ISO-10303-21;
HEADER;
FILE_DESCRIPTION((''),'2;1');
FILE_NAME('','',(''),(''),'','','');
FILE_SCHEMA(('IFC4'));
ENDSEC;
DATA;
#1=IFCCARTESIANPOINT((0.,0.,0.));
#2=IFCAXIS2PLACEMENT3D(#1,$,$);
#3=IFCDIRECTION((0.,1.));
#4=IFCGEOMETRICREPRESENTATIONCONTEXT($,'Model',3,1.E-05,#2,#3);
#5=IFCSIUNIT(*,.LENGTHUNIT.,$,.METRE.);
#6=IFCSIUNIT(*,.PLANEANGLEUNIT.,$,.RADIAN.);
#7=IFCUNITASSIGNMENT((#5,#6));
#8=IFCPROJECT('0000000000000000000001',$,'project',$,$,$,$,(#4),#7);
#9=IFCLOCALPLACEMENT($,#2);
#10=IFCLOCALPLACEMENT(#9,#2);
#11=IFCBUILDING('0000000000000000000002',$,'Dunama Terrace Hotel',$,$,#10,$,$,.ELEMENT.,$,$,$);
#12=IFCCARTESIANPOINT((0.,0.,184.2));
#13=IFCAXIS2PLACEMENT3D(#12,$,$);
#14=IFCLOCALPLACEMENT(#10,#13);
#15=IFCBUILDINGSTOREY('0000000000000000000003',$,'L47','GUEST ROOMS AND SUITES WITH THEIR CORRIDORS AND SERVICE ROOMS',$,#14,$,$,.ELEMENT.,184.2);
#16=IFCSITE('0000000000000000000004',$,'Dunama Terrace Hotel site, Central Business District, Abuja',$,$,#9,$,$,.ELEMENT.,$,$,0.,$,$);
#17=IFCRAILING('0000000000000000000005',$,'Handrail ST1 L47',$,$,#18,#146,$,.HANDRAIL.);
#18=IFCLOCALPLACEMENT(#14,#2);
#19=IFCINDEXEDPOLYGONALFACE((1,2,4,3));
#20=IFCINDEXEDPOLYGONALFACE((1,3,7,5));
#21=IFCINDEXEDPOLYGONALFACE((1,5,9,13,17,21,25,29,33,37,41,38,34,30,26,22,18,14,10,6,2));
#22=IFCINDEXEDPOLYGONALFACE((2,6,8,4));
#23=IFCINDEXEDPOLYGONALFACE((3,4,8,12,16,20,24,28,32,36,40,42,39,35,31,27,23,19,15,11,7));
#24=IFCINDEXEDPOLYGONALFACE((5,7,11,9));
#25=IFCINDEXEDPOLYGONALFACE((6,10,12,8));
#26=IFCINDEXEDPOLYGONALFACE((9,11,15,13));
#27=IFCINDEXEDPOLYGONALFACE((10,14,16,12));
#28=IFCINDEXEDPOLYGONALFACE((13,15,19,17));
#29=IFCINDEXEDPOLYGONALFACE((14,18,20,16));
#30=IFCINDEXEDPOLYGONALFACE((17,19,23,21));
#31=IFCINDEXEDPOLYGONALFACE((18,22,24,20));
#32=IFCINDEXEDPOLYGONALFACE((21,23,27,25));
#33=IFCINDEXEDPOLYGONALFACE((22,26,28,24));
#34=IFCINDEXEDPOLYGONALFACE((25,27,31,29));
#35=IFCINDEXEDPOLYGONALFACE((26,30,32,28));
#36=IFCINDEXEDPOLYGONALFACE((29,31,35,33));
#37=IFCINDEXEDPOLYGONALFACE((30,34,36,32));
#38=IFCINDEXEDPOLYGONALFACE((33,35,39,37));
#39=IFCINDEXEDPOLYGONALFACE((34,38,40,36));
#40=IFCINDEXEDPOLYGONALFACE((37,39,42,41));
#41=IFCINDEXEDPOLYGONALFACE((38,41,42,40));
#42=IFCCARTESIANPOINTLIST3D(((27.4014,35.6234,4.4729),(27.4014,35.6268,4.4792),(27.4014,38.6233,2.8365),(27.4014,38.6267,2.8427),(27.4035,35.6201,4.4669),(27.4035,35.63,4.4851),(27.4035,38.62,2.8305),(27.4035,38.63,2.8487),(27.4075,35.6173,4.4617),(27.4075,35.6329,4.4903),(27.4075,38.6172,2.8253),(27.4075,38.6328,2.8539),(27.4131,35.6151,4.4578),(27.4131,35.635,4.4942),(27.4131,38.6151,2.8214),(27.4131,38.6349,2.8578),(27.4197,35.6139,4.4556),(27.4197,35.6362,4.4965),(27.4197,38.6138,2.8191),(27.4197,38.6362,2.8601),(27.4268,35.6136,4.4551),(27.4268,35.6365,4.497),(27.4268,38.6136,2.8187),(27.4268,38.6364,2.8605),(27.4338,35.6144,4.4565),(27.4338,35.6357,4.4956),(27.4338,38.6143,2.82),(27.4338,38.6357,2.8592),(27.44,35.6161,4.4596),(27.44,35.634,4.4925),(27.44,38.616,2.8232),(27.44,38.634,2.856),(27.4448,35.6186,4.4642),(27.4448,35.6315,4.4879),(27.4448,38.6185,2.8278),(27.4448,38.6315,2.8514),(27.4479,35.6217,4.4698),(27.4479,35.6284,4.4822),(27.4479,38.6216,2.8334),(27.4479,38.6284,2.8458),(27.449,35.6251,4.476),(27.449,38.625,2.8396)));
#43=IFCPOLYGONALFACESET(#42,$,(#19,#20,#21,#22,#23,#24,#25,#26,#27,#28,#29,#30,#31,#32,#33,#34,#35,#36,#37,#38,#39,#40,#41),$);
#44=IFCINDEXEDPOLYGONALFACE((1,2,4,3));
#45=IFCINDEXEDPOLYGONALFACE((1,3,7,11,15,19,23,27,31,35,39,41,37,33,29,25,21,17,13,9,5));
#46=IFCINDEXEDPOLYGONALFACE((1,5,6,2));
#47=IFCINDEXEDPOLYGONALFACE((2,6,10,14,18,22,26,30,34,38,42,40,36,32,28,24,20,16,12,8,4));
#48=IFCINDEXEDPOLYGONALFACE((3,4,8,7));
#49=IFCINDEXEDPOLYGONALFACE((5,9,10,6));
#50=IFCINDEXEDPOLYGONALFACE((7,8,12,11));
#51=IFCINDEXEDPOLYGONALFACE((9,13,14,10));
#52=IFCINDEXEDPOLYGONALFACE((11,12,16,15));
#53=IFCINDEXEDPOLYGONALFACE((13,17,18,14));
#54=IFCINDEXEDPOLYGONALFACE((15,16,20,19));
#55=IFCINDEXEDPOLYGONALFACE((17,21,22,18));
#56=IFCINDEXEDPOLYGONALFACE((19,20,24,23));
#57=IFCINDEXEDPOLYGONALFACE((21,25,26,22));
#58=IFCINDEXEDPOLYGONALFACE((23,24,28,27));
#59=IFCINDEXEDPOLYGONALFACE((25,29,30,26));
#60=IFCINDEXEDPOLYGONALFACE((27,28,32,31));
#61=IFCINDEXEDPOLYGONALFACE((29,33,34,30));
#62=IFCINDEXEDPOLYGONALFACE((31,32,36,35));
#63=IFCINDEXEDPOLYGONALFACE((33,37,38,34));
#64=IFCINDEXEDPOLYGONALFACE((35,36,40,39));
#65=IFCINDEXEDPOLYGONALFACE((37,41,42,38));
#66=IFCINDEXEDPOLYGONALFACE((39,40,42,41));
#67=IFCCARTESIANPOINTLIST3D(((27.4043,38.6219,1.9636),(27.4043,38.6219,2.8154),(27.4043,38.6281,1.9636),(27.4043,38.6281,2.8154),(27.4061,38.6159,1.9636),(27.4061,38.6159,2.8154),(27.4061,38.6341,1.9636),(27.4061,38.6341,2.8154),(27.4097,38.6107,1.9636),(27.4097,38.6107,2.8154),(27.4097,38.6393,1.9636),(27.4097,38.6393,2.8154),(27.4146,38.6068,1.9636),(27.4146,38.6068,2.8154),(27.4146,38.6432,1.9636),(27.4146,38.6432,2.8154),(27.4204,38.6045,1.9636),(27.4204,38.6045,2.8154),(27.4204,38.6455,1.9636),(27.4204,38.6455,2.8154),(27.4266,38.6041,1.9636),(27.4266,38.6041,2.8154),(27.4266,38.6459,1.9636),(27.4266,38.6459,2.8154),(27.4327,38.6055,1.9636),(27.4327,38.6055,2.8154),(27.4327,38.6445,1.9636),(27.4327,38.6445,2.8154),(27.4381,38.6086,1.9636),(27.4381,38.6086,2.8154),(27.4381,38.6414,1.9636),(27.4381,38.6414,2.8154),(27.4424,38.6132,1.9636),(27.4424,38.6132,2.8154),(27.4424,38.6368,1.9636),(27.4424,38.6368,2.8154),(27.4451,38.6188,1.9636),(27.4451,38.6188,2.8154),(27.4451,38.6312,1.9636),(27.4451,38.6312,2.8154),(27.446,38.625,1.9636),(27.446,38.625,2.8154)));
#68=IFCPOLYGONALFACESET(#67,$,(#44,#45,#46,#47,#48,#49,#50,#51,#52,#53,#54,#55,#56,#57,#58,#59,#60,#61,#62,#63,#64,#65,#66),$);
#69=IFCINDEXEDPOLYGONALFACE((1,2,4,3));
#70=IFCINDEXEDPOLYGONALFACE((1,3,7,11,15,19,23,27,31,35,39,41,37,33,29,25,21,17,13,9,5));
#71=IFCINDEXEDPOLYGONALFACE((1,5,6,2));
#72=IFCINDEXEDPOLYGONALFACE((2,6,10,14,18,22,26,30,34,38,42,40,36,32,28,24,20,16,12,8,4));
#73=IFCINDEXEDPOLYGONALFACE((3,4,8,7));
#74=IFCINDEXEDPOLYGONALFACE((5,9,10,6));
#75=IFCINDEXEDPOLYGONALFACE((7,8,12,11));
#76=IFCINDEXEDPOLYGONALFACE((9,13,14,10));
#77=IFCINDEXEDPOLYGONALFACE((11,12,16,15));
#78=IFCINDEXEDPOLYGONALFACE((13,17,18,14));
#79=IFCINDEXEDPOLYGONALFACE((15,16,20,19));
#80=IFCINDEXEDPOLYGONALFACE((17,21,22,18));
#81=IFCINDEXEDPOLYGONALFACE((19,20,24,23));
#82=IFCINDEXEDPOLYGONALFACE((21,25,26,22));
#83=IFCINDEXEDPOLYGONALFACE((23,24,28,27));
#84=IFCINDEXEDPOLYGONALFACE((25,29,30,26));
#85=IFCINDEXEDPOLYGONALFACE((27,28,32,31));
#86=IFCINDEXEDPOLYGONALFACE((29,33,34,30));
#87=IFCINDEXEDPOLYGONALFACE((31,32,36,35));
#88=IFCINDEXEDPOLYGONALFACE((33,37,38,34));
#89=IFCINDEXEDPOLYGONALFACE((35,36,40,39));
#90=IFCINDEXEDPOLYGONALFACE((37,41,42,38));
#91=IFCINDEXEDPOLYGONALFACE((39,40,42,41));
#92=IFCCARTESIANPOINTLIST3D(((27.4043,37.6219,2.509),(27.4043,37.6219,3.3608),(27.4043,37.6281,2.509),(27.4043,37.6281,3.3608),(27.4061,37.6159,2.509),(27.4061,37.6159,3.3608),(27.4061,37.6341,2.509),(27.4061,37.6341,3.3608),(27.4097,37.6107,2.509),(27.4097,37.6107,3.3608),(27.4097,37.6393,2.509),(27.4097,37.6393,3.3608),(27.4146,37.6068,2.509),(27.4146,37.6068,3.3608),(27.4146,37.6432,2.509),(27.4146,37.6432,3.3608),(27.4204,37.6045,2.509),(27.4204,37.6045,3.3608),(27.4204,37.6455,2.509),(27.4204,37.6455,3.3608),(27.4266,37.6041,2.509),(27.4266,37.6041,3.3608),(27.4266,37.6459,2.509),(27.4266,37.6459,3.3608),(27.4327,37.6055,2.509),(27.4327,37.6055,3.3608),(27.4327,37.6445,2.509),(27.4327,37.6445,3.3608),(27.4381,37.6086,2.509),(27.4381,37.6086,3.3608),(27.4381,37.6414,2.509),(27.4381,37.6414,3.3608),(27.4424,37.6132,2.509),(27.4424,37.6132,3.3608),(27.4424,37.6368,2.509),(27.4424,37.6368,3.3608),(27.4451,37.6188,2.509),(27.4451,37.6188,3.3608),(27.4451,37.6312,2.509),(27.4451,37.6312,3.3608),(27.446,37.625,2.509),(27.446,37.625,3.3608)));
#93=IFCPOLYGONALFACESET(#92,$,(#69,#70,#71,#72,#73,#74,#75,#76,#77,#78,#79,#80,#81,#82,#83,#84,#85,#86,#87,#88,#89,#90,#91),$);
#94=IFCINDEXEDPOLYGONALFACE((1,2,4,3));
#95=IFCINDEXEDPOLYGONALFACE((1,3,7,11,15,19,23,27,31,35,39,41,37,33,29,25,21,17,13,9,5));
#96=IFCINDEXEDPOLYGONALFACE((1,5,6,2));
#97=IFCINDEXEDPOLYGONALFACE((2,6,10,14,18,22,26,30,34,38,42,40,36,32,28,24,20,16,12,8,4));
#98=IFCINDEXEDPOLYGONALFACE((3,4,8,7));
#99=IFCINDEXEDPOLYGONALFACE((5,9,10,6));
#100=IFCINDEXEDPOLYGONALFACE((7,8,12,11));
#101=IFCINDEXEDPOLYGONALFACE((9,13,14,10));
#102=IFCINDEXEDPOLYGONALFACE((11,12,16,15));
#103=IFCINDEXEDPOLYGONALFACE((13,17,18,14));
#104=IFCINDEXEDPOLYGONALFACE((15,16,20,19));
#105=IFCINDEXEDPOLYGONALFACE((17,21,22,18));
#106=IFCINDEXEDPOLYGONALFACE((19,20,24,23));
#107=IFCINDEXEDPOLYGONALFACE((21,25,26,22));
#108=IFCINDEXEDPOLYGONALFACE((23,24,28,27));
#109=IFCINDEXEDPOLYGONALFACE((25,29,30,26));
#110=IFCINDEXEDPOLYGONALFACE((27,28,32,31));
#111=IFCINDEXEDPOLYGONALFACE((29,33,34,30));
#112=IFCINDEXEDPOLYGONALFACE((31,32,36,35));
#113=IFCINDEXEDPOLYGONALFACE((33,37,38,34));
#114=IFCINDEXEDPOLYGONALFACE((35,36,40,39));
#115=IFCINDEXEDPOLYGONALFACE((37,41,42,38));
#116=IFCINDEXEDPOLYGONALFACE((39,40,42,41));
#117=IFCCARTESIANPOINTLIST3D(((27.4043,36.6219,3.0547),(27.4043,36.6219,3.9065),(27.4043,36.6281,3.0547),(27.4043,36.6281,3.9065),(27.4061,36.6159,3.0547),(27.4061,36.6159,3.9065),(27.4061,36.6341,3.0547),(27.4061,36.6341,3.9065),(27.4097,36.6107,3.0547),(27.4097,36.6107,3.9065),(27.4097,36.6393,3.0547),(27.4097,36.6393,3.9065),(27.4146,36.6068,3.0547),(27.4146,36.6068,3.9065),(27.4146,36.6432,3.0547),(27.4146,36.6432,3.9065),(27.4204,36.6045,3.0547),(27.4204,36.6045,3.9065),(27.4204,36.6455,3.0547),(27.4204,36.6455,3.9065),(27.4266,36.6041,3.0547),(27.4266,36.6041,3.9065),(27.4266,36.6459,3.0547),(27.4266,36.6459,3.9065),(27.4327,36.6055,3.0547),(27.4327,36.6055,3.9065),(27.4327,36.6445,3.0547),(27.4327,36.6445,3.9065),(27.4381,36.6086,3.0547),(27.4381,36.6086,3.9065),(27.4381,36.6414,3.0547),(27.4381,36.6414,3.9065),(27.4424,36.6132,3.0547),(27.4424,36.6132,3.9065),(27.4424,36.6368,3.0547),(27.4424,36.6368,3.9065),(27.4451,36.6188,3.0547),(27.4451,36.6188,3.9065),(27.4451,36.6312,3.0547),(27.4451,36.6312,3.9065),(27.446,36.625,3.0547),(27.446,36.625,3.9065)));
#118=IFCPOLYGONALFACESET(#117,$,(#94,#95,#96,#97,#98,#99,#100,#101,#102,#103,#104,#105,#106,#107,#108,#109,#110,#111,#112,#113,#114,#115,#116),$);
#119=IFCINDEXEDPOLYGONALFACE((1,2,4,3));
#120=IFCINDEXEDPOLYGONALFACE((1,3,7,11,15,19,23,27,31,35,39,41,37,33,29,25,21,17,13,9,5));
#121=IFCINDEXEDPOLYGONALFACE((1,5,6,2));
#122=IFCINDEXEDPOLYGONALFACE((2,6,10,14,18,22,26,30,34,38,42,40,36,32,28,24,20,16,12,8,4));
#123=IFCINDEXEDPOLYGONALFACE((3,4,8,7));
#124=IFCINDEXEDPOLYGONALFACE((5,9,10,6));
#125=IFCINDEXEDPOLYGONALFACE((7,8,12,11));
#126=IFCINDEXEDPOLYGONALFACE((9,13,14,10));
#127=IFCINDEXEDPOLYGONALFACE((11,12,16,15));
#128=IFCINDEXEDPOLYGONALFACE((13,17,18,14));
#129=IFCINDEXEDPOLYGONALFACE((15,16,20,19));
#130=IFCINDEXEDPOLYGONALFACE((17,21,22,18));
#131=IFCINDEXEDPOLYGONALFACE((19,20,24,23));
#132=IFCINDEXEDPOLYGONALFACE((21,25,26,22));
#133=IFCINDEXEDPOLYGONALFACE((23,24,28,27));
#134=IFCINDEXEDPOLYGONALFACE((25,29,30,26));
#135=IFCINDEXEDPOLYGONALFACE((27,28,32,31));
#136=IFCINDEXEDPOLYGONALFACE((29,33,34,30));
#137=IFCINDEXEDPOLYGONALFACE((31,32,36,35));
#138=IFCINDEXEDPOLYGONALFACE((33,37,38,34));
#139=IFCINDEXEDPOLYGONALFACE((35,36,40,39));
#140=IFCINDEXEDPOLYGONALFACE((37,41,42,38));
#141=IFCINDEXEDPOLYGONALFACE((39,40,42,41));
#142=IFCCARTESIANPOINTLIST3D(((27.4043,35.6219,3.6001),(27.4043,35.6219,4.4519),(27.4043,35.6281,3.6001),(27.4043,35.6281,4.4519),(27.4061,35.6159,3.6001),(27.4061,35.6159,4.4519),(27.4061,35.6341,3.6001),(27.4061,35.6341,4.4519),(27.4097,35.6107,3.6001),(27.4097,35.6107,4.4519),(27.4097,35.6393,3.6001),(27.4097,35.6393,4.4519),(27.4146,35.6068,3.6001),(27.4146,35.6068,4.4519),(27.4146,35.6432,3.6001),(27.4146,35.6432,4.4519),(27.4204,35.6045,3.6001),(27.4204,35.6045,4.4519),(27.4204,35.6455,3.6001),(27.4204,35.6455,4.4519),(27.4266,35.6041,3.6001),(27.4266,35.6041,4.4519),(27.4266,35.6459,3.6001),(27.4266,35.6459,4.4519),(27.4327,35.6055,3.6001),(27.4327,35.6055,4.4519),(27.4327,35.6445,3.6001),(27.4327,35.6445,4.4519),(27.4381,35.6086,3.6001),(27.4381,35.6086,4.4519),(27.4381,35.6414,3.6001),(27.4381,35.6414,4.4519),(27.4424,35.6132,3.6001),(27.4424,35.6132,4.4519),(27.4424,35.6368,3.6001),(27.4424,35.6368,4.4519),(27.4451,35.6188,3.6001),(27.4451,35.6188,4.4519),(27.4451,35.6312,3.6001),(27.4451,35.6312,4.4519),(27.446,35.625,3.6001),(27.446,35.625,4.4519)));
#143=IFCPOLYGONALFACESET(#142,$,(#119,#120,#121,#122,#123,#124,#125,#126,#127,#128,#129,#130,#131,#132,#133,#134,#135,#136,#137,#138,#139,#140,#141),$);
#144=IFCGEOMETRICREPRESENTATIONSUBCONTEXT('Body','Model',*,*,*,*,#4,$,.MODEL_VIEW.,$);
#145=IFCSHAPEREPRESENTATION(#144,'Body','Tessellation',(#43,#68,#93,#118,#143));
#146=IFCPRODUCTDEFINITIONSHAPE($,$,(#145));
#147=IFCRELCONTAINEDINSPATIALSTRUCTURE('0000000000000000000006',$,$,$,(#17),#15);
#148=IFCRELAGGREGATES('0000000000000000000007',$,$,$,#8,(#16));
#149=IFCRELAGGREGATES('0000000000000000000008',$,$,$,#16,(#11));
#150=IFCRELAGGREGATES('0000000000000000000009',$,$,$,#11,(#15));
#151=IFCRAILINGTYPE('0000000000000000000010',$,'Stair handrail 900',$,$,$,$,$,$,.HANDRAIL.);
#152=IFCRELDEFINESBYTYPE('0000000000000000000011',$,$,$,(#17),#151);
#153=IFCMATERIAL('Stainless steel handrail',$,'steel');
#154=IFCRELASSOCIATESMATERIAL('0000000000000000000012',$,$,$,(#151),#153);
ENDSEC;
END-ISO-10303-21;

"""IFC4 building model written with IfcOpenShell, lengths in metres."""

from ifc_helpers import new_model, si_unit, direction, frame, origin, origin_2d, place, context, subcontext, project, spatial, circle, extrude, material, type_object, element, save


model = new_model("IFC4")

# Units and contexts
model_context = context("Model", 3, precision=1e-05, world=origin(), true_north=direction((0.0, 1.0)))
body_context = subcontext(model_context, "Body", "Model", "MODEL_VIEW")
ifc_project = project(units=[si_unit("LENGTHUNIT", "METRE"), si_unit("PLANEANGLEUNIT", "RADIAN")], contexts=[model_context])

# Site, building, storey
site_placement = place(None, origin())
site = spatial("IfcSite", under=ifc_project, at=site_placement, Name="Dunama Terrace Hotel site, Central Business District, Abuja", CompositionType="ELEMENT", RefElevation=0.0)
building_placement = place(site_placement, origin())
building = spatial("IfcBuilding", under=site, at=building_placement, Name="Dunama Terrace Hotel", CompositionType="ELEMENT")
storey_placement = place(building_placement, frame((0.0, 0.0, 184.2)))
storey = spatial("IfcBuildingStorey", under=building, at=storey_placement, Name="L47", Description="GUEST ROOMS AND SUITES WITH THEIR CORRIDORS AND SERVICE ROOMS", CompositionType="ELEMENT", Elevation=184.2)

# Railing
ifc_material_1 = material(Name="Stainless steel handrail", Category="steel")
railing_type = type_object("IfcRailingType", Name="Stair handrail 900", PredefinedType="HANDRAIL", material=ifc_material_1)
railing_1_placement = place(storey_placement, frame((27.425, 38.625, 1.9636)))
element("IfcRailing", 1, at=railing_1_placement, inside=storey, type_object=railing_type, Name="Handrail ST1 L47", PredefinedType="HANDRAIL", context=body_context, shape_type="SweptSolid", body=[
    extrude(circle(Radius=0.0239, at=origin_2d()), frame((0.0, 0.0, 0.876), z_axis=(0.0, -0.877882, 0.478877), x_axis=(1.0, 0.0, 0.0)), (0.0, 0.0, 1.0), 3.4172),
    extrude(circle(Radius=0.021, at=origin_2d()), origin(), (0.0, 0.0, 1.0), 0.8518),
    extrude(circle(Radius=0.021, at=origin_2d()), frame((0.0, -1.0, 0.5454)), (0.0, 0.0, 1.0), 0.8518),
    extrude(circle(Radius=0.021, at=origin_2d()), frame((0.0, -2.0, 1.0911)), (0.0, 0.0, 1.0), 0.8518),
    extrude(circle(Radius=0.021, at=origin_2d()), frame((0.0, -3.0, 1.6365)), (0.0, 0.0, 1.0), 0.8518),
])

save(model, "model.ifc")
